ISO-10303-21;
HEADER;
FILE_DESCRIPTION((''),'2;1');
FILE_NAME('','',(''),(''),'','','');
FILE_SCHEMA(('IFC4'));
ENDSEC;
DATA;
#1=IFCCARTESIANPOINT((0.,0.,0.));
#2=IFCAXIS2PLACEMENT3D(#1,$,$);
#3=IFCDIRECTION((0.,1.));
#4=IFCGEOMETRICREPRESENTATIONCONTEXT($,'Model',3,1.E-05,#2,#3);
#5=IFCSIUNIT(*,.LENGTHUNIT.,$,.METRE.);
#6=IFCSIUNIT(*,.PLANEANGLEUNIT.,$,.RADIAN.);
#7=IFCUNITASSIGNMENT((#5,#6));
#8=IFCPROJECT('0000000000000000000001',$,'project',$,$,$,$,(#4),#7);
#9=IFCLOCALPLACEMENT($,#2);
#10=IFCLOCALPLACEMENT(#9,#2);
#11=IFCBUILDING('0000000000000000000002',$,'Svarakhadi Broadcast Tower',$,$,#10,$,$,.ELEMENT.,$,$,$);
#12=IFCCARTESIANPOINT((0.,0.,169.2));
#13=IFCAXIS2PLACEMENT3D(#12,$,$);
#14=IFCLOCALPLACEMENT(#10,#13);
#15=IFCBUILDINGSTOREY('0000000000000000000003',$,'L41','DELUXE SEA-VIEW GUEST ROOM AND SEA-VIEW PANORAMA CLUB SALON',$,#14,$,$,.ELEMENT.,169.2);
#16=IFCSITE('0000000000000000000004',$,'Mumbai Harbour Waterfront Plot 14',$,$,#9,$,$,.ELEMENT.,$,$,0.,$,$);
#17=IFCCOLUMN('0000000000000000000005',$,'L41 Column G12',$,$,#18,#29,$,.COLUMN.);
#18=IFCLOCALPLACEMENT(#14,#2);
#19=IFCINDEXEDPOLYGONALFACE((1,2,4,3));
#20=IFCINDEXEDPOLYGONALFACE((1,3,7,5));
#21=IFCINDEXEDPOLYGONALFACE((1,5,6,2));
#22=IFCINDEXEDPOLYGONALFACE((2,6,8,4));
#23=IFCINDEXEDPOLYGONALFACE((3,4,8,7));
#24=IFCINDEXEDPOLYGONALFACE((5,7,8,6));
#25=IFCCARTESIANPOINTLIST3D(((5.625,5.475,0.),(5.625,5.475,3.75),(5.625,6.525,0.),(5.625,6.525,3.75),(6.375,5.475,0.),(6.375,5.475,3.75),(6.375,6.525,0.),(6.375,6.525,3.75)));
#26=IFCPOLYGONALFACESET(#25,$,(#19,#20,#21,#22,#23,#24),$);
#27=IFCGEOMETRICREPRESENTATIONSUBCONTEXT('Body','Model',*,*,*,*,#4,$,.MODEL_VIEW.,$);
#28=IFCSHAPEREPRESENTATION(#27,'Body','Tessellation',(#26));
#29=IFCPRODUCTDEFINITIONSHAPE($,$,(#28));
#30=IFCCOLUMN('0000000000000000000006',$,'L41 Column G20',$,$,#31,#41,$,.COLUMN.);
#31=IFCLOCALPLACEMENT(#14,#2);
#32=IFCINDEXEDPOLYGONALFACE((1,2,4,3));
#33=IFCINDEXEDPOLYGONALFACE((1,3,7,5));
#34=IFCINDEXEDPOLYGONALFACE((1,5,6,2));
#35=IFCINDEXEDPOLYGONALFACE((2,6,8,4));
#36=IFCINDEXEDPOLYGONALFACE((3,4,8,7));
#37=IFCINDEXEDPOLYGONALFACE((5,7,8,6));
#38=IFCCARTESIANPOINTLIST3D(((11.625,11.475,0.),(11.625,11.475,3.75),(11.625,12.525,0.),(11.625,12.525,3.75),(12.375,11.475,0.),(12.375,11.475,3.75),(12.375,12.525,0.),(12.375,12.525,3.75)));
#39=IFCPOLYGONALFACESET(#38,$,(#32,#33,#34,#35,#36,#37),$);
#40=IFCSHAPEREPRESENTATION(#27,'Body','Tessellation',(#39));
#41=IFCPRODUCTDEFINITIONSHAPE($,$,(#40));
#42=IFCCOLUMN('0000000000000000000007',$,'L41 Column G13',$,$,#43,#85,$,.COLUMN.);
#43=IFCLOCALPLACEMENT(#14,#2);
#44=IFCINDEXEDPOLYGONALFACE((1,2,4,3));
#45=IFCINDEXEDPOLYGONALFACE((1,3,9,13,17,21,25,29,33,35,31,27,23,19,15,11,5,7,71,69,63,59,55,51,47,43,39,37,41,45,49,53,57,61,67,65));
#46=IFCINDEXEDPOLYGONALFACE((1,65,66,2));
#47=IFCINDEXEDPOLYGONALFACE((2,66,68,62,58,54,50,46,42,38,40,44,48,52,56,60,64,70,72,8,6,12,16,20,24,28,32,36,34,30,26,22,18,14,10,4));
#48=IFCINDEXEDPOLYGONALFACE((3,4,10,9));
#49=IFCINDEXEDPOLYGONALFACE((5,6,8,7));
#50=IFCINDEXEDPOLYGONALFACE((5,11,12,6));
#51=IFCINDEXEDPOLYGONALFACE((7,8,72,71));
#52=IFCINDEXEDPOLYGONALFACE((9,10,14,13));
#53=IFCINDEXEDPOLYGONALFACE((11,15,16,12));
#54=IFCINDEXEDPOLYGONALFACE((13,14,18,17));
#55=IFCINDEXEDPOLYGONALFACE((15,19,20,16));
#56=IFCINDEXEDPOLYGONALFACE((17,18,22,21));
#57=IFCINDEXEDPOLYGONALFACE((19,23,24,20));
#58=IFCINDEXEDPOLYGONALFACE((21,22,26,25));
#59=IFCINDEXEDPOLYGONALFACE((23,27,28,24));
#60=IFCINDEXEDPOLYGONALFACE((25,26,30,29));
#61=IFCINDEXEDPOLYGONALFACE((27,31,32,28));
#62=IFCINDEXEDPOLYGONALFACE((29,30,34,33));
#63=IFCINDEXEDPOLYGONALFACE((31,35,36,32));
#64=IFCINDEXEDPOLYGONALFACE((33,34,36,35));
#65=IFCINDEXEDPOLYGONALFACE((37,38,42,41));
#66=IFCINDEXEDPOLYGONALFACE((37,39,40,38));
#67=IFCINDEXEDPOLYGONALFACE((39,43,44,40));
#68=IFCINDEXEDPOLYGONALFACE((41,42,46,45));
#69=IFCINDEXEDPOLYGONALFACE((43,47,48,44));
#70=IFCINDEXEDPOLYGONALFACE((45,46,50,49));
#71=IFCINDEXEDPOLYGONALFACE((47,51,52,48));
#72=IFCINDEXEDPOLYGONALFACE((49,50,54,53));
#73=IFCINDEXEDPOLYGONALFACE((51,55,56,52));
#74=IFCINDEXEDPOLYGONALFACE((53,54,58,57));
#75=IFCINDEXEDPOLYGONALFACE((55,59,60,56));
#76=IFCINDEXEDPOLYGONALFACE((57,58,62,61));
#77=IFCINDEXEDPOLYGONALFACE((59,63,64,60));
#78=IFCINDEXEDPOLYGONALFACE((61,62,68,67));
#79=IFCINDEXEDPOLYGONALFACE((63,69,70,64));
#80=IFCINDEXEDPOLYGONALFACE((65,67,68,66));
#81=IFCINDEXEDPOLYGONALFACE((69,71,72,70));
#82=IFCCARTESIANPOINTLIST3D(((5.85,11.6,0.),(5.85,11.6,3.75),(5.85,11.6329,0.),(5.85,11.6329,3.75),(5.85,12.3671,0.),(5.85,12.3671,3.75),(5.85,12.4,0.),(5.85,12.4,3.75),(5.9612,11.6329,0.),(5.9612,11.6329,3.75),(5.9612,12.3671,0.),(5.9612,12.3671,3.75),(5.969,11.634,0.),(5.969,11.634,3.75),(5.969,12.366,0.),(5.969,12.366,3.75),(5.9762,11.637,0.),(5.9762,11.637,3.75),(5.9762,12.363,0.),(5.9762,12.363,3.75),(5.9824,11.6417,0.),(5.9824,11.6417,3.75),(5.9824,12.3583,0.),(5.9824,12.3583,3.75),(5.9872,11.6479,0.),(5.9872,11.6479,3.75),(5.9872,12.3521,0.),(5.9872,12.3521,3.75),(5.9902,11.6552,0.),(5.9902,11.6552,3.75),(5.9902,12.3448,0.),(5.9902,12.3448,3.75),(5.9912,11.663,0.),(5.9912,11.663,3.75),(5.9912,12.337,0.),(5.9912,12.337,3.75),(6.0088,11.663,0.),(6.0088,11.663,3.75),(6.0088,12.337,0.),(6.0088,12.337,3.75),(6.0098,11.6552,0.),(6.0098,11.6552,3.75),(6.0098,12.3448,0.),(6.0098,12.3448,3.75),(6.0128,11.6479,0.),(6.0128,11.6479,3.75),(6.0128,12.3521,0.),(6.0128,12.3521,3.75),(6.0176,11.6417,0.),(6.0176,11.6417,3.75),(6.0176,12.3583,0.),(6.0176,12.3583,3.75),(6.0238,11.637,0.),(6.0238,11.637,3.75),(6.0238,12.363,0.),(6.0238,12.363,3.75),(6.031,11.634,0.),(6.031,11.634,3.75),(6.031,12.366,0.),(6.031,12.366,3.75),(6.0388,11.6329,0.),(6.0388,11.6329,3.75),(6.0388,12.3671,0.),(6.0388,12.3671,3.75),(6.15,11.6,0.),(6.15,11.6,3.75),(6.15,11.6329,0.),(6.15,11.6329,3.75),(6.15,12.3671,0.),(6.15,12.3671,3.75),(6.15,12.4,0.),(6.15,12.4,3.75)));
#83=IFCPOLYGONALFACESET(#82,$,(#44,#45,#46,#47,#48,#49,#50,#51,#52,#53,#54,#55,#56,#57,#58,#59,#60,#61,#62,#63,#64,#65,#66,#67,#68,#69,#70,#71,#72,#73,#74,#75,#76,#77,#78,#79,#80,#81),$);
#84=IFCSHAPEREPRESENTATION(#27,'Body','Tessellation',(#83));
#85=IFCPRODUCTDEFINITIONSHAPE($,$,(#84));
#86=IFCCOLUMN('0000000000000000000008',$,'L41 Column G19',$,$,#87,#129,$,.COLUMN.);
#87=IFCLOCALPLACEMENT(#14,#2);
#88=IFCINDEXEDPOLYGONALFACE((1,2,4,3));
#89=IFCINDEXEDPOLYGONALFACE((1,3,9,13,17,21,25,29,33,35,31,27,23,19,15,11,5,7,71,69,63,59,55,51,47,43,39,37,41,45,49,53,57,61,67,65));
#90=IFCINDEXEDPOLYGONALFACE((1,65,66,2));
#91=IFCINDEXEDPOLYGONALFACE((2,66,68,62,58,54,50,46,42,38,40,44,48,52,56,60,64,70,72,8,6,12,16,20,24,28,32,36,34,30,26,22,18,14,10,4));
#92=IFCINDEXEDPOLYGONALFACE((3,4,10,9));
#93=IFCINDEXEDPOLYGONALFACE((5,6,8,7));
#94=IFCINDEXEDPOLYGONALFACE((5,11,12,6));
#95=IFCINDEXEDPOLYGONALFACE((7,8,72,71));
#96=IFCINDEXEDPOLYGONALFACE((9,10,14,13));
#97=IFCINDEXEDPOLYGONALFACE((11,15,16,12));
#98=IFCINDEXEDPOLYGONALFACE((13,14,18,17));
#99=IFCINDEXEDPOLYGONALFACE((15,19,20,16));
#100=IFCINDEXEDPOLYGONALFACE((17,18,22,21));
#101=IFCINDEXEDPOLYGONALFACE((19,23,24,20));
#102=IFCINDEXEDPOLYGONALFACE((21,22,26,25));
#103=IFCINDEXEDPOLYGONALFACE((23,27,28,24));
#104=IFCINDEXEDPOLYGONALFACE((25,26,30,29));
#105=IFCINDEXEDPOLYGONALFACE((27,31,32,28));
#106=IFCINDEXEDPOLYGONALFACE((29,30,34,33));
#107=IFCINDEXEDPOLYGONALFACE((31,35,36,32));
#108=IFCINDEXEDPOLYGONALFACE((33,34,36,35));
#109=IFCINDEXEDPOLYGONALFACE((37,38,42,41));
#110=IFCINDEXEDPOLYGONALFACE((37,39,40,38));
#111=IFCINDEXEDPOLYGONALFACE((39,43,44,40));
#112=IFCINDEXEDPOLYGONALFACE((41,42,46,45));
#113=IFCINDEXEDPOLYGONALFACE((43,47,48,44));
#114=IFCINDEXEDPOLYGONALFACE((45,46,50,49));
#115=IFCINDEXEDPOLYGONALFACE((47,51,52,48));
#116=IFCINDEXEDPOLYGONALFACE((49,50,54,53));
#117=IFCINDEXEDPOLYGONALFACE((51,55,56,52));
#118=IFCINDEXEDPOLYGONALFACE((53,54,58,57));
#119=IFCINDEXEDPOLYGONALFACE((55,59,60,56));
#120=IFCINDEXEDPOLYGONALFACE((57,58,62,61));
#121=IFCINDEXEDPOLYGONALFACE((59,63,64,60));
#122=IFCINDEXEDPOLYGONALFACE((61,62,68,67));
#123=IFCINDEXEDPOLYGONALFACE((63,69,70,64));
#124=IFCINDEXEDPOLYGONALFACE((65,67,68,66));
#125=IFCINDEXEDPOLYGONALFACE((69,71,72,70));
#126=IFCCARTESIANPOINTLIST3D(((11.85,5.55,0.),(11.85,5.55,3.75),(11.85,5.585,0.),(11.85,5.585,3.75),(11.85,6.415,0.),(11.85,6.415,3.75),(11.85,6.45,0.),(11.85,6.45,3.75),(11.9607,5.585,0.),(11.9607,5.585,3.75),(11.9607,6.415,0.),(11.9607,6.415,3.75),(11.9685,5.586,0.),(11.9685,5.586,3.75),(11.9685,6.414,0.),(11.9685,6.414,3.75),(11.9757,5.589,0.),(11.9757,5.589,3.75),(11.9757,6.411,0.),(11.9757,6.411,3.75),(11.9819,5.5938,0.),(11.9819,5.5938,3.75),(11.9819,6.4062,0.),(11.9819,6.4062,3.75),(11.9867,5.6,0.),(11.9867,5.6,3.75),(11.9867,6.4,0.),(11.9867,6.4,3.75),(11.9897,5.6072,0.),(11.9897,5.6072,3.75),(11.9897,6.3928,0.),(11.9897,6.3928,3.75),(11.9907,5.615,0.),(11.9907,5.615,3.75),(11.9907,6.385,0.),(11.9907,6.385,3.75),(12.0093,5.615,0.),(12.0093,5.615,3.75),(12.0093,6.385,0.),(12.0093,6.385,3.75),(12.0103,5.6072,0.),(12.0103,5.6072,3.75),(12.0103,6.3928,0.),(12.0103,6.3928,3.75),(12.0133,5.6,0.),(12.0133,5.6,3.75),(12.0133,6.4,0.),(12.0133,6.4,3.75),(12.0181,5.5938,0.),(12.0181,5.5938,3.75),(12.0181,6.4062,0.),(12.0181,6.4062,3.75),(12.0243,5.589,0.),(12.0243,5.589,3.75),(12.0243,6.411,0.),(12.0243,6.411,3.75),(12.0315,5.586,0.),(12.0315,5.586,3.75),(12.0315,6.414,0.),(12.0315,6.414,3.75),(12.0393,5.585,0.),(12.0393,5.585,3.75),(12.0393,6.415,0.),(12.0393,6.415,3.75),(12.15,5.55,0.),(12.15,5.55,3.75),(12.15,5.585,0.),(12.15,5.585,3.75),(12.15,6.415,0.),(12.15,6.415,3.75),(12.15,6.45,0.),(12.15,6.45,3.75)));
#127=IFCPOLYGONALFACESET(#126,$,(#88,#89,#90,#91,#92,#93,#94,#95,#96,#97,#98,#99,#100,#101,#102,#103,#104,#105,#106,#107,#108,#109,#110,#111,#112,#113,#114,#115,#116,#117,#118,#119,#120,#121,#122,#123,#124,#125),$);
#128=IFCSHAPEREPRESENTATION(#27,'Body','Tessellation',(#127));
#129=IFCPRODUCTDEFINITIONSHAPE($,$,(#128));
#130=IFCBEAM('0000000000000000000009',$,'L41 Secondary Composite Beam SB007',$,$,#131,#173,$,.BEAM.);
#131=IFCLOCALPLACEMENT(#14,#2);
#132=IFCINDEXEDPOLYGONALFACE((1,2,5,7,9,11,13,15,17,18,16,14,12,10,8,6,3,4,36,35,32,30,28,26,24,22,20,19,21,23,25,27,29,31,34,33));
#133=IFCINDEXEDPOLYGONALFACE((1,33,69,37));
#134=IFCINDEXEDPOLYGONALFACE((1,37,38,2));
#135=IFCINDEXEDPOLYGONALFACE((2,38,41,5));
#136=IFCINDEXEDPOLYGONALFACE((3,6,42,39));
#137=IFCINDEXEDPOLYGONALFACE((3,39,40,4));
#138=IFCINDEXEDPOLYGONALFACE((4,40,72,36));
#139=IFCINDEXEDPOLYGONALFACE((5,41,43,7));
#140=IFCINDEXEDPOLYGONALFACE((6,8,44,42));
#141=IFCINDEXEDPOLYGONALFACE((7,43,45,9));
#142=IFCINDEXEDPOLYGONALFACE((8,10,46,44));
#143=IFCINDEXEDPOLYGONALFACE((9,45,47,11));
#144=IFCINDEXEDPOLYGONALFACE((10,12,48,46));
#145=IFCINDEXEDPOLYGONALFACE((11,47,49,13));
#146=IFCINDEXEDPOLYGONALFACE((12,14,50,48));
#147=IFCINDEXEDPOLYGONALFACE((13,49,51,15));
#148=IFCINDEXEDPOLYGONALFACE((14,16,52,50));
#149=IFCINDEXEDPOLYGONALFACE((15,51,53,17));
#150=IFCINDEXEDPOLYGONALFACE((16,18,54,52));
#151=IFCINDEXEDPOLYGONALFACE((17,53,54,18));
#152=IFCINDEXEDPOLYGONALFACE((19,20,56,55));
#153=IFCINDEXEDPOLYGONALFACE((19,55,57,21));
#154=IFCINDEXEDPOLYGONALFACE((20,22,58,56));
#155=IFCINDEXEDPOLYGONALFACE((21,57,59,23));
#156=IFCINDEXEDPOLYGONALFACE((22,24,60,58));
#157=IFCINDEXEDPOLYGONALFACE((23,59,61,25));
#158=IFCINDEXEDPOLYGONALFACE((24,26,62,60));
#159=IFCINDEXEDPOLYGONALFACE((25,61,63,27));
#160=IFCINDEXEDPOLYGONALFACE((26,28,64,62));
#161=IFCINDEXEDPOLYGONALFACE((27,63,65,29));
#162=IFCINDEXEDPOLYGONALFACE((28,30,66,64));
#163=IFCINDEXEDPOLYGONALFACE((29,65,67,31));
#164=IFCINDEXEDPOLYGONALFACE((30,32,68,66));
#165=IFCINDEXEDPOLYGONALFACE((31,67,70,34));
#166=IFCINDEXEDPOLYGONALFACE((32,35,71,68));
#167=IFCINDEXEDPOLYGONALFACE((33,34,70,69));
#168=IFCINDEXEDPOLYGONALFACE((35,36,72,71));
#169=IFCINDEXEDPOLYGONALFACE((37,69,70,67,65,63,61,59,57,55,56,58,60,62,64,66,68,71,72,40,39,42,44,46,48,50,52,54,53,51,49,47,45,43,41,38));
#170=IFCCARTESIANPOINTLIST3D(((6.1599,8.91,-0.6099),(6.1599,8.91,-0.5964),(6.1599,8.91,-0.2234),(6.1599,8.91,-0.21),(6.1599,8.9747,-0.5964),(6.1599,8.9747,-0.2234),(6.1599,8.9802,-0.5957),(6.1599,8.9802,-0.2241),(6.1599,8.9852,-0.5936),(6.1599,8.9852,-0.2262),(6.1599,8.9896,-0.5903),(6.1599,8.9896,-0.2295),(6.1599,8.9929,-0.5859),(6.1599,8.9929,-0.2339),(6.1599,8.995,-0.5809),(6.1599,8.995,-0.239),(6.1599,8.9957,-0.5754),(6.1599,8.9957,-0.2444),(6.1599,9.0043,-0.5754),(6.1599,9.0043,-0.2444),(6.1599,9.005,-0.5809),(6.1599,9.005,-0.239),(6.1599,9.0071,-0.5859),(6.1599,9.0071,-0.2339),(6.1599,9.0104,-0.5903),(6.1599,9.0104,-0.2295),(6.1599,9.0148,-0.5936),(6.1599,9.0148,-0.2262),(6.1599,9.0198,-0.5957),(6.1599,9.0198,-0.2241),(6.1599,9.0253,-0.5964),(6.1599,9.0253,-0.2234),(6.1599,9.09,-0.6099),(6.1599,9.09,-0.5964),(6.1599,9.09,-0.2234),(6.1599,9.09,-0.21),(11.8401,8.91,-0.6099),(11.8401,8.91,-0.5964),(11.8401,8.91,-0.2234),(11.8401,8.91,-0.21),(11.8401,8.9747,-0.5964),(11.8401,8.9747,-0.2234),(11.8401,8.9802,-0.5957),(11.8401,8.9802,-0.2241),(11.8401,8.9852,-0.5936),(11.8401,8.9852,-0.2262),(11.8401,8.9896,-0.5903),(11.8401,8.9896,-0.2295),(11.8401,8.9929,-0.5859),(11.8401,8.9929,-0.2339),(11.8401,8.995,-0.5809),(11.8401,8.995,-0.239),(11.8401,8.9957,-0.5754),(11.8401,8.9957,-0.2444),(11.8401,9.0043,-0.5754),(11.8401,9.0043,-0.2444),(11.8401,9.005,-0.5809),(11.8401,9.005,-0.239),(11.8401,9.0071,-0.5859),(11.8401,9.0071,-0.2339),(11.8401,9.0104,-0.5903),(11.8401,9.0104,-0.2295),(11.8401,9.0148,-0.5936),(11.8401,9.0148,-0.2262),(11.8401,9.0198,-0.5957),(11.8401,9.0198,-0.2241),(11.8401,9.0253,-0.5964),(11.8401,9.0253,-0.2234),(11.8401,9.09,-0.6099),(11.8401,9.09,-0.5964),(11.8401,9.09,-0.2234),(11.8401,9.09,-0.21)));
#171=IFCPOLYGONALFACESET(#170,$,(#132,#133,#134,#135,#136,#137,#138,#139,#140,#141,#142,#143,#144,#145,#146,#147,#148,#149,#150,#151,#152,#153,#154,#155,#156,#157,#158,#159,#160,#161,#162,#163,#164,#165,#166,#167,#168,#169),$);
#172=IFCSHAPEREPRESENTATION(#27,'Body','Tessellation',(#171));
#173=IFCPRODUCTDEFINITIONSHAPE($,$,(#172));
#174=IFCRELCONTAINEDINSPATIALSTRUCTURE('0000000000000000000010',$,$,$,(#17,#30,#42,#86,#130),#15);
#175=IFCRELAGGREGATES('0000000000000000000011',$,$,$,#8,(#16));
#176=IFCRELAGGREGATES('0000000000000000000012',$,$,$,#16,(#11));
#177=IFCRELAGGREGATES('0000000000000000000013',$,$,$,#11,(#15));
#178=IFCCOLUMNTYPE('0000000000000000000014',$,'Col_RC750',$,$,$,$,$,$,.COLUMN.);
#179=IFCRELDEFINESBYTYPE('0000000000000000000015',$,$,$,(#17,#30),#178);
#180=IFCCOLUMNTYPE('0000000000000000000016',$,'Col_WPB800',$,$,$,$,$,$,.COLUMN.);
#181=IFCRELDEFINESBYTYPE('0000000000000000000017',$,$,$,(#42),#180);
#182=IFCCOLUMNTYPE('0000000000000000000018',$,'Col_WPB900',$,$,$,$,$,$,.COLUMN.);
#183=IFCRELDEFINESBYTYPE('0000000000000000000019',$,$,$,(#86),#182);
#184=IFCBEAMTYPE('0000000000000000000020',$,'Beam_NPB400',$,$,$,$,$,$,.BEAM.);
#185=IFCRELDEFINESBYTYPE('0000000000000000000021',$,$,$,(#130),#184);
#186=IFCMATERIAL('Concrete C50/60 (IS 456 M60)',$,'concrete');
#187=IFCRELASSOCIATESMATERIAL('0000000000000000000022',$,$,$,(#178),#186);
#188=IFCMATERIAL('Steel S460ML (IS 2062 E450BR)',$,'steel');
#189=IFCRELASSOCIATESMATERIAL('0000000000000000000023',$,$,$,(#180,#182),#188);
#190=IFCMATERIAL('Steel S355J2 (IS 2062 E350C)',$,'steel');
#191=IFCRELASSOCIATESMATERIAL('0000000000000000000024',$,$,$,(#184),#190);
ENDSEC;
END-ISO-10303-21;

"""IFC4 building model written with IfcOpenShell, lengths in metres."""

from ifc_helpers import new_model, si_unit, direction, frame, origin, origin_2d, place, context, subcontext, project, spatial, rectangle, i_section, extrude, material, material_profile, profile_set, type_object, element, save


model = new_model("IFC4")

# Units and contexts
model_context = context("Model", 3, precision=1e-05, world=origin(), true_north=direction((0.0, 1.0)))
body_context = subcontext(model_context, "Body", "Model", "MODEL_VIEW")
ifc_project = project(units=[si_unit("LENGTHUNIT", "METRE"), si_unit("PLANEANGLEUNIT", "RADIAN")], contexts=[model_context])

# Site, building, storey
site_placement = place(None, origin())
site = spatial("IfcSite", under=ifc_project, at=site_placement, Name="Mumbai Harbour Waterfront Plot 14", CompositionType="ELEMENT", RefElevation=0.0)
building_placement = place(site_placement, origin())
building = spatial("IfcBuilding", under=site, at=building_placement, Name="Svarakhadi Broadcast Tower", CompositionType="ELEMENT")
storey_placement = place(building_placement, frame((0.0, 0.0, 169.2)))
storey = spatial("IfcBuildingStorey", under=building, at=storey_placement, Name="L41", Description="DELUXE SEA-VIEW GUEST ROOM AND SEA-VIEW PANORAMA CLUB SALON", CompositionType="ELEMENT", Elevation=169.2)

# Columns
ifc_material_1 = material(Name="Concrete C50/60 (IS 456 M60)", Category="concrete")
ifc_material_profile_1 = material_profile(ifc_material_1, rectangle(XDim=0.75, YDim=1.05, at=origin_2d()), Name="RC 750x1050")
ifc_profile_set_1 = profile_set([ifc_material_profile_1], Name="Concrete C50/60 (IS 456 M60)")
column_type_1 = type_object("IfcColumnType", Name="Col_RC750", PredefinedType="COLUMN", material=ifc_profile_set_1)
for number, where, z_axis, x_axis, name in (
    (1, (6.0, 6.0, 0.0), (0.0, 0.0, 1.0), (1.0, 0.0, 0.0), "L41 Column G12"),
    (2, (12.0, 12.0, 0.0), (0.0, 0.0, 1.0), (1.0, 0.0, 0.0), "L41 Column G20"),
):
    element("IfcColumn", number, at=place(storey_placement, frame(where, z_axis=z_axis, x_axis=x_axis)), inside=storey, type_object=column_type_1, Name=name, PredefinedType="COLUMN", context=body_context, shape_type="SweptSolid", body=[
        extrude(rectangle(XDim=0.75, YDim=1.05, at=origin_2d()), origin(), (0.0, 0.0, 1.0), 3.75),
    ])
ifc_material_2 = material(Name="Steel S460ML (IS 2062 E450BR)", Category="steel")
ifc_material_profile_2 = material_profile(ifc_material_2, i_section(OverallWidth=0.3, OverallDepth=0.8, WebThickness=0.0176, FlangeThickness=0.033, FilletRadius=0.03, at=origin_2d()), Name="WPB 800x300x262")
ifc_profile_set_2 = profile_set([ifc_material_profile_2], Name="Steel S460ML (IS 2062 E450BR)")
column_type_2 = type_object("IfcColumnType", Name="Col_WPB800", PredefinedType="COLUMN", material=ifc_profile_set_2)
column_1_placement = place(storey_placement, frame((6.0, 12.0, 0.0), z_axis=(0.0, 0.0, 1.0), x_axis=(1.0, 0.0, 0.0)))
element("IfcColumn", 3, at=column_1_placement, inside=storey, type_object=column_type_2, Name="L41 Column G13", PredefinedType="COLUMN", context=body_context, shape_type="SweptSolid", body=[
    extrude(i_section(OverallWidth=0.3, OverallDepth=0.8, WebThickness=0.0176, FlangeThickness=0.033, FilletRadius=0.03, at=origin_2d()), origin(), (0.0, 0.0, 1.0), 3.75),
])
ifc_material_profile_3 = material_profile(ifc_material_2, i_section(OverallWidth=0.3, OverallDepth=0.8999, WebThickness=0.0186, FlangeThickness=0.0349, FilletRadius=0.03, at=origin_2d()), Name="WPB 900x300x291")
ifc_profile_set_3 = profile_set([ifc_material_profile_3], Name="Steel S460ML (IS 2062 E450BR)")
column_type_3 = type_object("IfcColumnType", Name="Col_WPB900", PredefinedType="COLUMN", material=ifc_profile_set_3)
column_2_placement = place(storey_placement, frame((12.0, 6.0, 0.0), z_axis=(0.0, 0.0, 1.0), x_axis=(1.0, 0.0, 0.0)))
element("IfcColumn", 4, at=column_2_placement, inside=storey, type_object=column_type_3, Name="L41 Column G19", PredefinedType="COLUMN", context=body_context, shape_type="SweptSolid", body=[
    extrude(i_section(OverallWidth=0.3, OverallDepth=0.8999, WebThickness=0.0186, FlangeThickness=0.0349, FilletRadius=0.03, at=origin_2d()), origin(), (0.0, 0.0, 1.0), 3.75),
])

# Beam
ifc_material_3 = material(Name="Steel S355J2 (IS 2062 E350C)", Category="steel")
ifc_material_profile_4 = material_profile(ifc_material_3, i_section(OverallWidth=0.1799, OverallDepth=0.3999, WebThickness=0.0085, FlangeThickness=0.0134, FilletRadius=0.021, at=origin_2d()), Name="NPB 400x180x66")
ifc_profile_set_4 = profile_set([ifc_material_profile_4], Name="Steel S355J2 (IS 2062 E350C)")
beam_type_1 = type_object("IfcBeamType", Name="Beam_NPB400", PredefinedType="BEAM", material=ifc_profile_set_4)
for number, where, z_axis, x_axis, name in (
    (5, (6.1599, 9.0, -0.4099), (1.0, 0.0, 0.0), (0.0, 1.0, 0.0), "L41 Secondary Composite Beam SB007"),
):
    element("IfcBeam", number, at=place(storey_placement, frame(where, z_axis=z_axis, x_axis=x_axis)), inside=storey, type_object=beam_type_1, Name=name, PredefinedType="BEAM", context=body_context, shape_type="SweptSolid", body=[
        extrude(i_section(OverallWidth=0.1799, OverallDepth=0.3999, WebThickness=0.0085, FlangeThickness=0.0134, FilletRadius=0.021, at=origin_2d()), origin(), (0.0, 0.0, 1.0), 5.6802),
    ])

save(model, "model.ifc")
